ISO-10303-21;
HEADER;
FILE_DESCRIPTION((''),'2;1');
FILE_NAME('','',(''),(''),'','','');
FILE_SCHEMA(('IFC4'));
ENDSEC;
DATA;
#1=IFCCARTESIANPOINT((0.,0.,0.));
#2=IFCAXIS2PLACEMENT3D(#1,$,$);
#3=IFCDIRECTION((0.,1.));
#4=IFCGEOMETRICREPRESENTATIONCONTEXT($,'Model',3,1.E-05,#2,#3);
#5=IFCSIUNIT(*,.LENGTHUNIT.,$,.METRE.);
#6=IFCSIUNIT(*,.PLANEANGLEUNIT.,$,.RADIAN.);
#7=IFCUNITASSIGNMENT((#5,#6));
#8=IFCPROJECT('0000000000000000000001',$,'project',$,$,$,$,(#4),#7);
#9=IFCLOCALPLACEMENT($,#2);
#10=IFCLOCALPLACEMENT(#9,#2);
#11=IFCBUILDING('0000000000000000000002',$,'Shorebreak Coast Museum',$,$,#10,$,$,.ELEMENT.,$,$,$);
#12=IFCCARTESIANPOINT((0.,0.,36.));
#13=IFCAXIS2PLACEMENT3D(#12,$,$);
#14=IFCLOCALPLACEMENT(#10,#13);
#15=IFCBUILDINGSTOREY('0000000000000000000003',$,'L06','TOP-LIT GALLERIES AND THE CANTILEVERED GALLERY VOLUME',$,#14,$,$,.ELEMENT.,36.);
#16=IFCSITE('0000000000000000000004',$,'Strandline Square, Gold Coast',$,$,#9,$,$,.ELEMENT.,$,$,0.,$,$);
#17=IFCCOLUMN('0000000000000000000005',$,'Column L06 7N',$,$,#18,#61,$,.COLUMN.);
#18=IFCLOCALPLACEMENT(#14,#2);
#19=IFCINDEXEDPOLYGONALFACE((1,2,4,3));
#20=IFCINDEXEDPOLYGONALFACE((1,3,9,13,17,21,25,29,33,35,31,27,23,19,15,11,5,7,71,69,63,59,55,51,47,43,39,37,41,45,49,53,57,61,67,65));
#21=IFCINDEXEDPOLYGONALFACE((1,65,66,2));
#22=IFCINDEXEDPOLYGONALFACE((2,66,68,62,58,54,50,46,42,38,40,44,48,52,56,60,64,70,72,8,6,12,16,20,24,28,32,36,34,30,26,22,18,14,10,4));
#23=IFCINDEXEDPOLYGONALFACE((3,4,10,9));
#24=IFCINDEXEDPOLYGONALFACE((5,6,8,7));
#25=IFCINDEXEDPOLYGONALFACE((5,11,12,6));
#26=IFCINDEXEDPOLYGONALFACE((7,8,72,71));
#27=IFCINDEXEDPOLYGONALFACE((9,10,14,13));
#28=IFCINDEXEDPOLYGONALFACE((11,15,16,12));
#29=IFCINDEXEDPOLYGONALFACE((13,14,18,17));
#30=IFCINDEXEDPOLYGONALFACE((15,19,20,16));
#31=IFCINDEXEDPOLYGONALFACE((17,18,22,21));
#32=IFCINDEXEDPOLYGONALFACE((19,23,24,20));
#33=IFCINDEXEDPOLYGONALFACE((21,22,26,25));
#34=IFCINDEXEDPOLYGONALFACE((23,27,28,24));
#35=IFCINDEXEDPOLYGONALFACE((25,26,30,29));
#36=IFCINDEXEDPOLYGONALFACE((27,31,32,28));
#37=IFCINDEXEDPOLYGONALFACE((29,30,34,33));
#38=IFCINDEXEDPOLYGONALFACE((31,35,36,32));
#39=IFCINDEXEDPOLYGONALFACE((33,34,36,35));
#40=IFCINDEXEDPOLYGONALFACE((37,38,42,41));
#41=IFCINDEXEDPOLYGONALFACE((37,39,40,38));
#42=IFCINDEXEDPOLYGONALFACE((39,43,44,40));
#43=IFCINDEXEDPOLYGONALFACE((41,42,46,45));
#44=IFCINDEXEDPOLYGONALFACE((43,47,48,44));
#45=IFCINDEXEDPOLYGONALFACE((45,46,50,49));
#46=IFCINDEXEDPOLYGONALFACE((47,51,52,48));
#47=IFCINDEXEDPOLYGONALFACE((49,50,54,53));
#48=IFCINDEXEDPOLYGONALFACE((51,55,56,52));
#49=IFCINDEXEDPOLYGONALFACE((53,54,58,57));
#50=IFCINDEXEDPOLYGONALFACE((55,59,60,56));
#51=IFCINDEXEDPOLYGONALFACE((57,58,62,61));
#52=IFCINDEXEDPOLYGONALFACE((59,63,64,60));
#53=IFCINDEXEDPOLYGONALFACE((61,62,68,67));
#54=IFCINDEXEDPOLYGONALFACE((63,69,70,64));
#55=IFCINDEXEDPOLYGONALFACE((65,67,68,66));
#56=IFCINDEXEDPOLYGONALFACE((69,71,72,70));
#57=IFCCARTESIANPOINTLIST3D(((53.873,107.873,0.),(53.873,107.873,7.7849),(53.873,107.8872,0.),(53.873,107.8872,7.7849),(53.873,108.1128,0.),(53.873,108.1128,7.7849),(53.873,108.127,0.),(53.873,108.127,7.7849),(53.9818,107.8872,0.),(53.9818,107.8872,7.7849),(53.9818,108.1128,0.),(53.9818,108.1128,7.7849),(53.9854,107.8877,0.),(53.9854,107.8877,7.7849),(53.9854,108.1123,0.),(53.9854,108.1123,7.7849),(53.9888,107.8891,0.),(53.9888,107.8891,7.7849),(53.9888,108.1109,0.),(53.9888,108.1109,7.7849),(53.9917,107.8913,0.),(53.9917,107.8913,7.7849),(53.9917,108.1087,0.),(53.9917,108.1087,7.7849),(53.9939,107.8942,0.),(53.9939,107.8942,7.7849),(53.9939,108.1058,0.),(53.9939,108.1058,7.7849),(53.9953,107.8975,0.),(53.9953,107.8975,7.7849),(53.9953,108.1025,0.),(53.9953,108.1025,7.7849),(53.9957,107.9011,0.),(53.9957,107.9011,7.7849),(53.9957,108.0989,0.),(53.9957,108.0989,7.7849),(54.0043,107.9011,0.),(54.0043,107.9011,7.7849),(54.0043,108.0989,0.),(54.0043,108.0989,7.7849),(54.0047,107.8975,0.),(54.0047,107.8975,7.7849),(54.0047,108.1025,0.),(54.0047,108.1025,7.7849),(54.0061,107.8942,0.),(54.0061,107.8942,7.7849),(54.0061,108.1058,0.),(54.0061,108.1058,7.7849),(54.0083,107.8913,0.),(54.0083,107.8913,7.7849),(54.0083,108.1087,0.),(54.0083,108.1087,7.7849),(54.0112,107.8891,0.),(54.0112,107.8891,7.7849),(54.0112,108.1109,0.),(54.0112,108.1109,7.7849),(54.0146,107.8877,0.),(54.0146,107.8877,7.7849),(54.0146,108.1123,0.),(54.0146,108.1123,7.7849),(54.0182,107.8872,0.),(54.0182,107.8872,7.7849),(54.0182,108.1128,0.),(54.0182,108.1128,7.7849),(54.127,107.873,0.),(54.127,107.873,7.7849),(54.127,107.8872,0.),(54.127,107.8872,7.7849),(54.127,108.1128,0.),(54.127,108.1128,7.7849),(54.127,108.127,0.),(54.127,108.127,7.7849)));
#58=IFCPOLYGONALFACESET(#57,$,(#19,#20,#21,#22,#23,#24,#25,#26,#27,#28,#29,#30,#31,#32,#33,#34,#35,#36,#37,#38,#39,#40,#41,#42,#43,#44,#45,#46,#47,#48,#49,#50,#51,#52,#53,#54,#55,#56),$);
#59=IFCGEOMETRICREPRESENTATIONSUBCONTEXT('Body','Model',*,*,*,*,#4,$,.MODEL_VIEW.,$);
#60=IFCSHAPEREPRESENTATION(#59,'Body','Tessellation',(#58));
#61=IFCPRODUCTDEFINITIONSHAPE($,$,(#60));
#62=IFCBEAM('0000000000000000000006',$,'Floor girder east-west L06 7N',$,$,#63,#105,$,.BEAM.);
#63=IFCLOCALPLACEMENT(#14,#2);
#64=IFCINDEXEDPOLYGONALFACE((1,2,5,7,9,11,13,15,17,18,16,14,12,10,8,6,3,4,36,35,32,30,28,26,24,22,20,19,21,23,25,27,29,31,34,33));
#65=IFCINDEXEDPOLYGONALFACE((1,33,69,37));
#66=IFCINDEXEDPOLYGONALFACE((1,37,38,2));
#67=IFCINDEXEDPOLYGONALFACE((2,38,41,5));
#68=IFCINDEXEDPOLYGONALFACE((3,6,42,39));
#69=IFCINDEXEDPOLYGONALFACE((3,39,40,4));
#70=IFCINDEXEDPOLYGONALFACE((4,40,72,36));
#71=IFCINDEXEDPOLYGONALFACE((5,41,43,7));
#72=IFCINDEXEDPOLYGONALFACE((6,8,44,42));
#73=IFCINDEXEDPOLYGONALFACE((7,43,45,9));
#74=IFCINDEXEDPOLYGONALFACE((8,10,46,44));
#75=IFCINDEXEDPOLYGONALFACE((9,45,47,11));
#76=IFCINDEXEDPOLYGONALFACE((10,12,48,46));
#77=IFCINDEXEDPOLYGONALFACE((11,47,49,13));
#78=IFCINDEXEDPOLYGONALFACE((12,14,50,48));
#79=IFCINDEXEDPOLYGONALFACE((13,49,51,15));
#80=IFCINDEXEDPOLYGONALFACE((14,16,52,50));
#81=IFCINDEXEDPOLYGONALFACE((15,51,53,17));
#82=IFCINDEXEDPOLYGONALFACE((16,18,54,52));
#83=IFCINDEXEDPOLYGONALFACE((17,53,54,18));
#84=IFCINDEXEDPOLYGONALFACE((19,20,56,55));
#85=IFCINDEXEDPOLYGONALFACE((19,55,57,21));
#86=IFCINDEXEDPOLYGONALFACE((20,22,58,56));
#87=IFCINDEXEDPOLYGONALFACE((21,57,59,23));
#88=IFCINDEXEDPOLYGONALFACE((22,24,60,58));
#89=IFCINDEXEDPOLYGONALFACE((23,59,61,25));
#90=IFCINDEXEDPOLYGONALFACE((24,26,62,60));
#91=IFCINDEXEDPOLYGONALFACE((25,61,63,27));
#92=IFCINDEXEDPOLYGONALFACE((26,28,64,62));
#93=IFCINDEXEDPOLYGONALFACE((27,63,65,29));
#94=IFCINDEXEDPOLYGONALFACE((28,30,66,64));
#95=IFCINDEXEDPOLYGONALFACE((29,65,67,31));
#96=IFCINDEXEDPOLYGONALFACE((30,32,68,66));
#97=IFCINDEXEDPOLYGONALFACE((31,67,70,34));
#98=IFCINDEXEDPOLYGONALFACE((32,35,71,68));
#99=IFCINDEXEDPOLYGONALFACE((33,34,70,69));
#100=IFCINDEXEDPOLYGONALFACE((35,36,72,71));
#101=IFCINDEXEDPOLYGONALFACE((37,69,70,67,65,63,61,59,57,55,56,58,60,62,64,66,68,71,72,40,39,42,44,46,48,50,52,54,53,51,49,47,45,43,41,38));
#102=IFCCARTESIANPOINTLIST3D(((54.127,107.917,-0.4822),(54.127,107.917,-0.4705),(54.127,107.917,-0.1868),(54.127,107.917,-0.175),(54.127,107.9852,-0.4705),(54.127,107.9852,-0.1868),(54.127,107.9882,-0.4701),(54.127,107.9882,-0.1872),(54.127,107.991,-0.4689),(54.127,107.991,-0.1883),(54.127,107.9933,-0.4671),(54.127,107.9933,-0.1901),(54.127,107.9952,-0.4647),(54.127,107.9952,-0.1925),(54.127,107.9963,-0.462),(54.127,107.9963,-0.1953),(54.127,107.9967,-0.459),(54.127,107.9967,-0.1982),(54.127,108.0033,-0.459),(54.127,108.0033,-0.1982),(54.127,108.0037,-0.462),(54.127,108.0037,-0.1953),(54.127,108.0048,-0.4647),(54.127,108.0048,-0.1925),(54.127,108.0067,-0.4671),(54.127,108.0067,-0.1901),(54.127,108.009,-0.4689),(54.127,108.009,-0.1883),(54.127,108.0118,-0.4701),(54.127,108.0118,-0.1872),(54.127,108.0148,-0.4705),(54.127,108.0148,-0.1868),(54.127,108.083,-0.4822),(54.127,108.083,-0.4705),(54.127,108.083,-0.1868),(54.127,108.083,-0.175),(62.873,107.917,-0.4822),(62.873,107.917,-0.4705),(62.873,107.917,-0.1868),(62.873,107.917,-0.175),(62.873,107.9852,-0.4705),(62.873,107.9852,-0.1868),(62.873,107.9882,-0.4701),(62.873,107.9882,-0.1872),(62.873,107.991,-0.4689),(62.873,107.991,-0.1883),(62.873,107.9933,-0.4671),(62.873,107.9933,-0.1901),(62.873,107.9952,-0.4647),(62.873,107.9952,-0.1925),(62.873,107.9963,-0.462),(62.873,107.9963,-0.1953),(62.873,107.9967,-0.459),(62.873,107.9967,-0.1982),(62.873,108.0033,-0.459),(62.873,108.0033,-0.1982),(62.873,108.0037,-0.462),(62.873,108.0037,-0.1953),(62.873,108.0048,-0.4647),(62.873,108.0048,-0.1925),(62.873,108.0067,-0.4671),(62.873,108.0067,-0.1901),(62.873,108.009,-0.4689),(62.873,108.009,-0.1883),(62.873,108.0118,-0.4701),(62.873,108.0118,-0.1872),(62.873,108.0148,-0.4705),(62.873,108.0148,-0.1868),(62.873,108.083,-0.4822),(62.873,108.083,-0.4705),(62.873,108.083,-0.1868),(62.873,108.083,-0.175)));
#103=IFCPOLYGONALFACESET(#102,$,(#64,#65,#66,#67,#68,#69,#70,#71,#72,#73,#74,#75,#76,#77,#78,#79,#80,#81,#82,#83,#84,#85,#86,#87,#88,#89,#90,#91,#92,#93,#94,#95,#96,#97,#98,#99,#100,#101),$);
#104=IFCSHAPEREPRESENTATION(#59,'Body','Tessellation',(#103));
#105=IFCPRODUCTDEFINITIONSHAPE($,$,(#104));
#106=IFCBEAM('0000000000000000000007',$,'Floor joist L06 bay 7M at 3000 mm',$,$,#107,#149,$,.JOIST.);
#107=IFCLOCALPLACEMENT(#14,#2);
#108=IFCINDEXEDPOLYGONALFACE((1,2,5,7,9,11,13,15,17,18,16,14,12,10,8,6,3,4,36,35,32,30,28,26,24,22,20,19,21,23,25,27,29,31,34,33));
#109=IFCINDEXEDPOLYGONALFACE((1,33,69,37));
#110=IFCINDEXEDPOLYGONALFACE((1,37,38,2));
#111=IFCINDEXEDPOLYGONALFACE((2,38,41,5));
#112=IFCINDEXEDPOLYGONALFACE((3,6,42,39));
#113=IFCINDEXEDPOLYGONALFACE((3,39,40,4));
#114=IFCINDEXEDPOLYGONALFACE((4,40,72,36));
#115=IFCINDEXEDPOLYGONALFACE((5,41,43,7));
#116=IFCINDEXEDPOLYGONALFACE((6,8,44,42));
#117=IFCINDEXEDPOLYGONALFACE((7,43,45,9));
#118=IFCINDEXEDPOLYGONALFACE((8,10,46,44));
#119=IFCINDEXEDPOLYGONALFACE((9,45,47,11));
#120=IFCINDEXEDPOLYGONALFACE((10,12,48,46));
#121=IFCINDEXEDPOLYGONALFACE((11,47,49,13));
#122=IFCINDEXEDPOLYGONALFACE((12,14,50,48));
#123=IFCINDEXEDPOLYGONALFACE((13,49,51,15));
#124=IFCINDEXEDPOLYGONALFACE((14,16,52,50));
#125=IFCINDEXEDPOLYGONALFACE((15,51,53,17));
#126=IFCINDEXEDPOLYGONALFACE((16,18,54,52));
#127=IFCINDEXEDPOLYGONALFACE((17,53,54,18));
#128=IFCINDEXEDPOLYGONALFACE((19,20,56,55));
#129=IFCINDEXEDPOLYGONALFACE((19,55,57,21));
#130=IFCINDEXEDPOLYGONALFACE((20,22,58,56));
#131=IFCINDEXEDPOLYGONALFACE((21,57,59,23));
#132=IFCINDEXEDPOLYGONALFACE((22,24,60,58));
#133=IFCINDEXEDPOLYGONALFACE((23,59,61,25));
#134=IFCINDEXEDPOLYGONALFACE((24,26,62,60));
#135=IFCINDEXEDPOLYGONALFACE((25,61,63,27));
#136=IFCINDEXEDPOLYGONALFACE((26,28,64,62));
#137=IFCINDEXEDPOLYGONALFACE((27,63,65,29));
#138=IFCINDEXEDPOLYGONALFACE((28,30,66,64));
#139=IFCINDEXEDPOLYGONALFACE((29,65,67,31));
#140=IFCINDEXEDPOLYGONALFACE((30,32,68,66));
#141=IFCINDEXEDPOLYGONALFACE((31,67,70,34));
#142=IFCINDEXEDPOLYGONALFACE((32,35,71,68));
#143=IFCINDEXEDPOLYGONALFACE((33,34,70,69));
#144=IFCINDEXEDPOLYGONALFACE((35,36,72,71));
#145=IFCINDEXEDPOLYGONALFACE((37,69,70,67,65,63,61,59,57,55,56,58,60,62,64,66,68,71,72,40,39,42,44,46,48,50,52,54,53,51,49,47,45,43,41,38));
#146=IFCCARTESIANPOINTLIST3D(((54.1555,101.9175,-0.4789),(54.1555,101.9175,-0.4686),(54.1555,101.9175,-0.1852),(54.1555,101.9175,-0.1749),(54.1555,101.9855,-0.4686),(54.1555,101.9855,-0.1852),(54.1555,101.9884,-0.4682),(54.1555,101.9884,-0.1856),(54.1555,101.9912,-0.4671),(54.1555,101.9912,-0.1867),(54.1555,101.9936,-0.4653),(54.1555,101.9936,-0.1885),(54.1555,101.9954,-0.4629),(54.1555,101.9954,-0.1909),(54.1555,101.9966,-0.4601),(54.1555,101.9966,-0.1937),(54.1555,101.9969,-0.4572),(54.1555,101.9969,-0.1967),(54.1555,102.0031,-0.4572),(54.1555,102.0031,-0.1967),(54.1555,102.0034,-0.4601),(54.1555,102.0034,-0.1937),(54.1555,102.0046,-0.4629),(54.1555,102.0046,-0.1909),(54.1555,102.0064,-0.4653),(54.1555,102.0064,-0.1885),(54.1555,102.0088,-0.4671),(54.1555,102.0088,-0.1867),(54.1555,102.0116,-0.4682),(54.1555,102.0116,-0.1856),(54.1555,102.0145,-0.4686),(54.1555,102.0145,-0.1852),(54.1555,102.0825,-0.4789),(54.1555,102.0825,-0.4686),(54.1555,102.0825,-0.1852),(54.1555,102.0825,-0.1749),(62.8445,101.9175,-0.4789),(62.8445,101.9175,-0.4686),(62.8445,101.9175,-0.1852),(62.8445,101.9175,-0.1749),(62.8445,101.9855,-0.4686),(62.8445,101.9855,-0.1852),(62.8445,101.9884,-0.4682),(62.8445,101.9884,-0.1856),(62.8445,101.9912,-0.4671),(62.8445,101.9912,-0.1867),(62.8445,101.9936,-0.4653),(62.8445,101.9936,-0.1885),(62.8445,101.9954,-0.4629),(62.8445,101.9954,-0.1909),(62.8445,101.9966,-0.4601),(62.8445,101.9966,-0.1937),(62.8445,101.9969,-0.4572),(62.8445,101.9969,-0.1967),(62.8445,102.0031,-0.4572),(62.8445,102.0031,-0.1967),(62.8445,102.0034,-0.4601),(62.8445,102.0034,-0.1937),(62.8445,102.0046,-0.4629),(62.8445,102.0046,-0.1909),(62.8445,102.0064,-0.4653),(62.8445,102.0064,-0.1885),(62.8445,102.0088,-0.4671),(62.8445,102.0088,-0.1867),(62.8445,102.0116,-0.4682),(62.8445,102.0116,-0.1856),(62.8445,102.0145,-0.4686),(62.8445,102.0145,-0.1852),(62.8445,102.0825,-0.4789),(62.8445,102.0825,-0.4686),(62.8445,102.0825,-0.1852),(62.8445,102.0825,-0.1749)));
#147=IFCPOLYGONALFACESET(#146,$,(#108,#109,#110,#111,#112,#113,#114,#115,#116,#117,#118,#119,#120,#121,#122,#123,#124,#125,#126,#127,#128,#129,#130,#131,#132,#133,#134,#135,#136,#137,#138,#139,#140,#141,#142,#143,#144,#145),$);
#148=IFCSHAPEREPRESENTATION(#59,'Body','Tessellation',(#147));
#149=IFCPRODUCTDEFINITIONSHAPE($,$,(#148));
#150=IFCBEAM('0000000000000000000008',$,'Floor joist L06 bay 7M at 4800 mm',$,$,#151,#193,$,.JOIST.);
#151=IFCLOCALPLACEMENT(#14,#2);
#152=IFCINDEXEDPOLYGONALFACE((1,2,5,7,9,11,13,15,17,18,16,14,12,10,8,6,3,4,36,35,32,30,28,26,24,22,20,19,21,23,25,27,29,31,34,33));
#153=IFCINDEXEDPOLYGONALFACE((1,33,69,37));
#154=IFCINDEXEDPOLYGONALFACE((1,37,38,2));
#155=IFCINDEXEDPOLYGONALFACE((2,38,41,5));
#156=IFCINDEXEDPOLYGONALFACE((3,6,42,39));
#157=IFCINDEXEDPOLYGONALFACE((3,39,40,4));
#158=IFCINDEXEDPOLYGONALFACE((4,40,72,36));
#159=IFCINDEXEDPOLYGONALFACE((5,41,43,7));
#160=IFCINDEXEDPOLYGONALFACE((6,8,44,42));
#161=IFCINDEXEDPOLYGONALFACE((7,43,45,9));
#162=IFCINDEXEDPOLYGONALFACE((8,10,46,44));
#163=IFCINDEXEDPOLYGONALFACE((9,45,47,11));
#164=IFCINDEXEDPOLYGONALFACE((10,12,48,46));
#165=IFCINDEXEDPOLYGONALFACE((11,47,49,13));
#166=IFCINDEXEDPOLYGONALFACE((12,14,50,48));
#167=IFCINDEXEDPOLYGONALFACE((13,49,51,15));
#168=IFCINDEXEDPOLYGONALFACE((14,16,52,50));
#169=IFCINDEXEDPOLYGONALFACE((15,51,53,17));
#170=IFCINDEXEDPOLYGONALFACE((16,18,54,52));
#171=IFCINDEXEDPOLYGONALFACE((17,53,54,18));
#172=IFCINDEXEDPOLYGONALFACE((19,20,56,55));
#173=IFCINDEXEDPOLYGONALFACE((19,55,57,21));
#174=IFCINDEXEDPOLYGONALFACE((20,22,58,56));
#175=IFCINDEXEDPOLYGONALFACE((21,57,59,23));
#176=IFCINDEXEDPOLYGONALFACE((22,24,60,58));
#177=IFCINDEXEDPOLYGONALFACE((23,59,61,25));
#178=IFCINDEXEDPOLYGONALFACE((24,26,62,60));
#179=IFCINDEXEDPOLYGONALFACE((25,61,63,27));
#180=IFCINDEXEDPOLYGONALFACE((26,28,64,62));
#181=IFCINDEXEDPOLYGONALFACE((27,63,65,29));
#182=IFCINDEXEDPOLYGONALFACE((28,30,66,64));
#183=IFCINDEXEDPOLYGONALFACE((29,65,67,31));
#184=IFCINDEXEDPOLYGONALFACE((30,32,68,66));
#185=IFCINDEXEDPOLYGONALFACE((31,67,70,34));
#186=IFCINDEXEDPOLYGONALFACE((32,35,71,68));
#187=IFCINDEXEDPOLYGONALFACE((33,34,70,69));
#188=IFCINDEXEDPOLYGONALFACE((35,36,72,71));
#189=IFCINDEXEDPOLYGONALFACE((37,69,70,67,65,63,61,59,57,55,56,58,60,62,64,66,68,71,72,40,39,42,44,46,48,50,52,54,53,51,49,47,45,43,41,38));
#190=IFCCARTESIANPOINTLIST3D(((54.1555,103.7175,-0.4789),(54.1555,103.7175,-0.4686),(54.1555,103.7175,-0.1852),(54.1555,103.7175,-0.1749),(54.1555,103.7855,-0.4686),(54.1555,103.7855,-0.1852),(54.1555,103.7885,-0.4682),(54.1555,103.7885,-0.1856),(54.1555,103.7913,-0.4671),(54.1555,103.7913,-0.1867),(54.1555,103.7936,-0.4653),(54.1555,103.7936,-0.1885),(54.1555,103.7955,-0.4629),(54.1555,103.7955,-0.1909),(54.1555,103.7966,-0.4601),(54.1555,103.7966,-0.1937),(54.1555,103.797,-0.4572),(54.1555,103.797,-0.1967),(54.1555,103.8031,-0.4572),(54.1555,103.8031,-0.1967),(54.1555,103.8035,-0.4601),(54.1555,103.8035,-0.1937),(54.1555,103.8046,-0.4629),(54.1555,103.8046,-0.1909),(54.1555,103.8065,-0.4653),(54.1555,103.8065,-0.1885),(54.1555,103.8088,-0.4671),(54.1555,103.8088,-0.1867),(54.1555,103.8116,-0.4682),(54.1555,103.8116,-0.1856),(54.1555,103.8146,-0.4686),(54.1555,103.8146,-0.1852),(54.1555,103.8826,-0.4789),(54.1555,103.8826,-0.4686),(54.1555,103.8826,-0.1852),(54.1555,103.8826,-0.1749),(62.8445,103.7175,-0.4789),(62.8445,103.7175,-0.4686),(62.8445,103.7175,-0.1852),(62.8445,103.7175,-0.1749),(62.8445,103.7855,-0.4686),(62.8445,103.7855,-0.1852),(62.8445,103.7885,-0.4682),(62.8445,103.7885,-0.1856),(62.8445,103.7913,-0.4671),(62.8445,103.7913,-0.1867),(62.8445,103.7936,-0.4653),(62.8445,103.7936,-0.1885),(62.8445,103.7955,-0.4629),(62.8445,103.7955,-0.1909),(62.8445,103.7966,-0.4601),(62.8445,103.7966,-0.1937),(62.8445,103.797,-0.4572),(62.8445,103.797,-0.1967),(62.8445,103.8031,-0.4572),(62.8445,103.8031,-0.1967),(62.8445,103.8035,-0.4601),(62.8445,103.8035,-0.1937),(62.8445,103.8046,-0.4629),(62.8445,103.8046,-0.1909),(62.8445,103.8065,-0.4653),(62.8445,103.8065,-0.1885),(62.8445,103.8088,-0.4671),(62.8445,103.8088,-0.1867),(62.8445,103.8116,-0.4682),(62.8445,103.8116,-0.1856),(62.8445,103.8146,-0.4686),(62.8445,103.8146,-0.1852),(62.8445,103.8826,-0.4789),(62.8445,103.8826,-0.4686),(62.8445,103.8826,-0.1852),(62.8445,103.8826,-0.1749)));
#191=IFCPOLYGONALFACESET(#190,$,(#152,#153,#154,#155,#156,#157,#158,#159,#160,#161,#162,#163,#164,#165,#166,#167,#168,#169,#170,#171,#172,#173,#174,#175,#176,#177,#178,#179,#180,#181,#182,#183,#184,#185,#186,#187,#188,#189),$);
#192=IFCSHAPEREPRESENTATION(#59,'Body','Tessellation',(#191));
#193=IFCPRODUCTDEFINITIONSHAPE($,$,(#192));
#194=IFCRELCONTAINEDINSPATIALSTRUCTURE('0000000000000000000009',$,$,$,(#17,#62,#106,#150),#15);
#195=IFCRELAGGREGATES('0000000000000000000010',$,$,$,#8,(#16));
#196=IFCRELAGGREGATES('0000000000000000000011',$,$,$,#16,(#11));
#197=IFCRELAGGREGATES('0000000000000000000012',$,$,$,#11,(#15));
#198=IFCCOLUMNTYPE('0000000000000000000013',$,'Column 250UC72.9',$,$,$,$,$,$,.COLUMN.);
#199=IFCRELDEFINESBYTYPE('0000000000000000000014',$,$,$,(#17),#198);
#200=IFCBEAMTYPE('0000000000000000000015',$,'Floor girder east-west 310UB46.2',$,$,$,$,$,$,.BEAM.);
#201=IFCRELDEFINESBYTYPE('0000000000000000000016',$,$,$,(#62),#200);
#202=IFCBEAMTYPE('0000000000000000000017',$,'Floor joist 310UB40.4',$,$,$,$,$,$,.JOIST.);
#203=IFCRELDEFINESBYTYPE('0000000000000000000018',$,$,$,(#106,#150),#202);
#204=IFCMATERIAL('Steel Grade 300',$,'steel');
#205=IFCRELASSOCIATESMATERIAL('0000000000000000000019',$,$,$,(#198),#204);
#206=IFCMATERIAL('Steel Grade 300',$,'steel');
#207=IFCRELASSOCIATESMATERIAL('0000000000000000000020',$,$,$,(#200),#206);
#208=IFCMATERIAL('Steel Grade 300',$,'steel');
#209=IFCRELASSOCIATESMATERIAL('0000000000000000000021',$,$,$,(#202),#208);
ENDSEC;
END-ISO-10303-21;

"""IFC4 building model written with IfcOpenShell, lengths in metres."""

from ifc_helpers import new_model, si_unit, direction, frame, origin, origin_2d, place, context, subcontext, project, spatial, i_section, extrude, material, material_profile, profile_set, type_object, element, save


model = new_model("IFC4")

# Units and contexts
model_context = context("Model", 3, precision=1e-05, world=origin(), true_north=direction((0.0, 1.0)))
body_context = subcontext(model_context, "Body", "Model", "MODEL_VIEW")
ifc_project = project(units=[si_unit("LENGTHUNIT", "METRE"), si_unit("PLANEANGLEUNIT", "RADIAN")], contexts=[model_context])

# Site, building, storey
site_placement = place(None, origin())
site = spatial("IfcSite", under=ifc_project, at=site_placement, Name="Strandline Square, Gold Coast", CompositionType="ELEMENT", RefElevation=0.0)
building_placement = place(site_placement, origin())
building = spatial("IfcBuilding", under=site, at=building_placement, Name="Shorebreak Coast Museum", CompositionType="ELEMENT")
storey_placement = place(building_placement, frame((0.0, 0.0, 36.0)))
storey = spatial("IfcBuildingStorey", under=building, at=storey_placement, Name="L06", Description="TOP-LIT GALLERIES AND THE CANTILEVERED GALLERY VOLUME", CompositionType="ELEMENT", Elevation=36.0)

# Column
ifc_material_1 = material(Name="Steel Grade 300", Category="steel")
ifc_material_profile_1 = material_profile(ifc_material_1, i_section(OverallWidth=0.2539, OverallDepth=0.2539, WebThickness=0.0085, FlangeThickness=0.0142, FilletRadius=0.0139, at=origin_2d()), Name="250UC72.9")
ifc_profile_set_1 = profile_set([ifc_material_profile_1], Name="Steel Grade 300")
column_type = type_object("IfcColumnType", Name="Column 250UC72.9", PredefinedType="COLUMN", material=ifc_profile_set_1)
column_placement = place(storey_placement, frame((54.0, 108.0, 0.0), z_axis=(0.0, 0.0, 1.0), x_axis=(1.0, 0.0, 0.0)))
element("IfcColumn", 1, at=column_placement, inside=storey, type_object=column_type, Name="Column L06 7N", PredefinedType="COLUMN", context=body_context, shape_type="SweptSolid", body=[
    extrude(i_section(OverallWidth=0.2539, OverallDepth=0.2539, WebThickness=0.0085, FlangeThickness=0.0142, FilletRadius=0.0139, at=origin_2d()), origin(), (0.0, 0.0, 1.0), 7.7849),
])

# Beams
ifc_material_2 = material(Name="Steel Grade 300", Category="steel")
ifc_material_profile_2 = material_profile(ifc_material_2, i_section(OverallWidth=0.166, OverallDepth=0.3071, WebThickness=0.0066, FlangeThickness=0.0117, FilletRadius=0.0115, at=origin_2d()), Name="310UB46.2")
ifc_profile_set_2 = profile_set([ifc_material_profile_2], Name="Steel Grade 300")
beam_type_1 = type_object("IfcBeamType", Name="Floor girder east-west 310UB46.2", PredefinedType="BEAM", material=ifc_profile_set_2)
beam_1_placement = place(storey_placement, frame((54.127, 108.0, -0.3286), z_axis=(1.0, 0.0, 0.0), x_axis=(0.0, 1.0, 0.0)))
element("IfcBeam", 2, at=beam_1_placement, inside=storey, type_object=beam_type_1, Name="Floor girder east-west L06 7N", PredefinedType="BEAM", context=body_context, shape_type="SweptSolid", body=[
    extrude(i_section(OverallWidth=0.166, OverallDepth=0.3071, WebThickness=0.0066, FlangeThickness=0.0117, FilletRadius=0.0115, at=origin_2d()), origin(), (0.0, 0.0, 1.0), 8.7461),
])
ifc_material_3 = material(Name="Steel Grade 300", Category="steel")
ifc_material_profile_3 = material_profile(ifc_material_3, i_section(OverallWidth=0.165, OverallDepth=0.304, WebThickness=0.0061, FlangeThickness=0.0103, FilletRadius=0.0115, at=origin_2d()), Name="310UB40.4")
ifc_profile_set_3 = profile_set([ifc_material_profile_3], Name="Steel Grade 300")
beam_type_2 = type_object("IfcBeamType", Name="Floor joist 310UB40.4", PredefinedType="JOIST", material=ifc_profile_set_3)
for number, where, z_axis, x_axis, name in (
    (3, (54.1555, 102.0, -0.3269), (1.0, 0.0, 0.0), (0.0, 1.0, 0.0), "Floor joist L06 bay 7M at 3000 mm"),
    (4, (54.1555, 103.8, -0.3269), (1.0, 0.0, 0.0), (0.0, 1.0, 0.0), "Floor joist L06 bay 7M at 4800 mm"),
):
    element("IfcBeam", number, at=place(storey_placement, frame(where, z_axis=z_axis, x_axis=x_axis)), inside=storey, type_object=beam_type_2, Name=name, PredefinedType="JOIST", context=body_context, shape_type="SweptSolid", body=[
        extrude(i_section(OverallWidth=0.165, OverallDepth=0.304, WebThickness=0.0061, FlangeThickness=0.0103, FilletRadius=0.0115, at=origin_2d()), origin(), (0.0, 0.0, 1.0), 8.689),
    ])

save(model, "model.ifc")
